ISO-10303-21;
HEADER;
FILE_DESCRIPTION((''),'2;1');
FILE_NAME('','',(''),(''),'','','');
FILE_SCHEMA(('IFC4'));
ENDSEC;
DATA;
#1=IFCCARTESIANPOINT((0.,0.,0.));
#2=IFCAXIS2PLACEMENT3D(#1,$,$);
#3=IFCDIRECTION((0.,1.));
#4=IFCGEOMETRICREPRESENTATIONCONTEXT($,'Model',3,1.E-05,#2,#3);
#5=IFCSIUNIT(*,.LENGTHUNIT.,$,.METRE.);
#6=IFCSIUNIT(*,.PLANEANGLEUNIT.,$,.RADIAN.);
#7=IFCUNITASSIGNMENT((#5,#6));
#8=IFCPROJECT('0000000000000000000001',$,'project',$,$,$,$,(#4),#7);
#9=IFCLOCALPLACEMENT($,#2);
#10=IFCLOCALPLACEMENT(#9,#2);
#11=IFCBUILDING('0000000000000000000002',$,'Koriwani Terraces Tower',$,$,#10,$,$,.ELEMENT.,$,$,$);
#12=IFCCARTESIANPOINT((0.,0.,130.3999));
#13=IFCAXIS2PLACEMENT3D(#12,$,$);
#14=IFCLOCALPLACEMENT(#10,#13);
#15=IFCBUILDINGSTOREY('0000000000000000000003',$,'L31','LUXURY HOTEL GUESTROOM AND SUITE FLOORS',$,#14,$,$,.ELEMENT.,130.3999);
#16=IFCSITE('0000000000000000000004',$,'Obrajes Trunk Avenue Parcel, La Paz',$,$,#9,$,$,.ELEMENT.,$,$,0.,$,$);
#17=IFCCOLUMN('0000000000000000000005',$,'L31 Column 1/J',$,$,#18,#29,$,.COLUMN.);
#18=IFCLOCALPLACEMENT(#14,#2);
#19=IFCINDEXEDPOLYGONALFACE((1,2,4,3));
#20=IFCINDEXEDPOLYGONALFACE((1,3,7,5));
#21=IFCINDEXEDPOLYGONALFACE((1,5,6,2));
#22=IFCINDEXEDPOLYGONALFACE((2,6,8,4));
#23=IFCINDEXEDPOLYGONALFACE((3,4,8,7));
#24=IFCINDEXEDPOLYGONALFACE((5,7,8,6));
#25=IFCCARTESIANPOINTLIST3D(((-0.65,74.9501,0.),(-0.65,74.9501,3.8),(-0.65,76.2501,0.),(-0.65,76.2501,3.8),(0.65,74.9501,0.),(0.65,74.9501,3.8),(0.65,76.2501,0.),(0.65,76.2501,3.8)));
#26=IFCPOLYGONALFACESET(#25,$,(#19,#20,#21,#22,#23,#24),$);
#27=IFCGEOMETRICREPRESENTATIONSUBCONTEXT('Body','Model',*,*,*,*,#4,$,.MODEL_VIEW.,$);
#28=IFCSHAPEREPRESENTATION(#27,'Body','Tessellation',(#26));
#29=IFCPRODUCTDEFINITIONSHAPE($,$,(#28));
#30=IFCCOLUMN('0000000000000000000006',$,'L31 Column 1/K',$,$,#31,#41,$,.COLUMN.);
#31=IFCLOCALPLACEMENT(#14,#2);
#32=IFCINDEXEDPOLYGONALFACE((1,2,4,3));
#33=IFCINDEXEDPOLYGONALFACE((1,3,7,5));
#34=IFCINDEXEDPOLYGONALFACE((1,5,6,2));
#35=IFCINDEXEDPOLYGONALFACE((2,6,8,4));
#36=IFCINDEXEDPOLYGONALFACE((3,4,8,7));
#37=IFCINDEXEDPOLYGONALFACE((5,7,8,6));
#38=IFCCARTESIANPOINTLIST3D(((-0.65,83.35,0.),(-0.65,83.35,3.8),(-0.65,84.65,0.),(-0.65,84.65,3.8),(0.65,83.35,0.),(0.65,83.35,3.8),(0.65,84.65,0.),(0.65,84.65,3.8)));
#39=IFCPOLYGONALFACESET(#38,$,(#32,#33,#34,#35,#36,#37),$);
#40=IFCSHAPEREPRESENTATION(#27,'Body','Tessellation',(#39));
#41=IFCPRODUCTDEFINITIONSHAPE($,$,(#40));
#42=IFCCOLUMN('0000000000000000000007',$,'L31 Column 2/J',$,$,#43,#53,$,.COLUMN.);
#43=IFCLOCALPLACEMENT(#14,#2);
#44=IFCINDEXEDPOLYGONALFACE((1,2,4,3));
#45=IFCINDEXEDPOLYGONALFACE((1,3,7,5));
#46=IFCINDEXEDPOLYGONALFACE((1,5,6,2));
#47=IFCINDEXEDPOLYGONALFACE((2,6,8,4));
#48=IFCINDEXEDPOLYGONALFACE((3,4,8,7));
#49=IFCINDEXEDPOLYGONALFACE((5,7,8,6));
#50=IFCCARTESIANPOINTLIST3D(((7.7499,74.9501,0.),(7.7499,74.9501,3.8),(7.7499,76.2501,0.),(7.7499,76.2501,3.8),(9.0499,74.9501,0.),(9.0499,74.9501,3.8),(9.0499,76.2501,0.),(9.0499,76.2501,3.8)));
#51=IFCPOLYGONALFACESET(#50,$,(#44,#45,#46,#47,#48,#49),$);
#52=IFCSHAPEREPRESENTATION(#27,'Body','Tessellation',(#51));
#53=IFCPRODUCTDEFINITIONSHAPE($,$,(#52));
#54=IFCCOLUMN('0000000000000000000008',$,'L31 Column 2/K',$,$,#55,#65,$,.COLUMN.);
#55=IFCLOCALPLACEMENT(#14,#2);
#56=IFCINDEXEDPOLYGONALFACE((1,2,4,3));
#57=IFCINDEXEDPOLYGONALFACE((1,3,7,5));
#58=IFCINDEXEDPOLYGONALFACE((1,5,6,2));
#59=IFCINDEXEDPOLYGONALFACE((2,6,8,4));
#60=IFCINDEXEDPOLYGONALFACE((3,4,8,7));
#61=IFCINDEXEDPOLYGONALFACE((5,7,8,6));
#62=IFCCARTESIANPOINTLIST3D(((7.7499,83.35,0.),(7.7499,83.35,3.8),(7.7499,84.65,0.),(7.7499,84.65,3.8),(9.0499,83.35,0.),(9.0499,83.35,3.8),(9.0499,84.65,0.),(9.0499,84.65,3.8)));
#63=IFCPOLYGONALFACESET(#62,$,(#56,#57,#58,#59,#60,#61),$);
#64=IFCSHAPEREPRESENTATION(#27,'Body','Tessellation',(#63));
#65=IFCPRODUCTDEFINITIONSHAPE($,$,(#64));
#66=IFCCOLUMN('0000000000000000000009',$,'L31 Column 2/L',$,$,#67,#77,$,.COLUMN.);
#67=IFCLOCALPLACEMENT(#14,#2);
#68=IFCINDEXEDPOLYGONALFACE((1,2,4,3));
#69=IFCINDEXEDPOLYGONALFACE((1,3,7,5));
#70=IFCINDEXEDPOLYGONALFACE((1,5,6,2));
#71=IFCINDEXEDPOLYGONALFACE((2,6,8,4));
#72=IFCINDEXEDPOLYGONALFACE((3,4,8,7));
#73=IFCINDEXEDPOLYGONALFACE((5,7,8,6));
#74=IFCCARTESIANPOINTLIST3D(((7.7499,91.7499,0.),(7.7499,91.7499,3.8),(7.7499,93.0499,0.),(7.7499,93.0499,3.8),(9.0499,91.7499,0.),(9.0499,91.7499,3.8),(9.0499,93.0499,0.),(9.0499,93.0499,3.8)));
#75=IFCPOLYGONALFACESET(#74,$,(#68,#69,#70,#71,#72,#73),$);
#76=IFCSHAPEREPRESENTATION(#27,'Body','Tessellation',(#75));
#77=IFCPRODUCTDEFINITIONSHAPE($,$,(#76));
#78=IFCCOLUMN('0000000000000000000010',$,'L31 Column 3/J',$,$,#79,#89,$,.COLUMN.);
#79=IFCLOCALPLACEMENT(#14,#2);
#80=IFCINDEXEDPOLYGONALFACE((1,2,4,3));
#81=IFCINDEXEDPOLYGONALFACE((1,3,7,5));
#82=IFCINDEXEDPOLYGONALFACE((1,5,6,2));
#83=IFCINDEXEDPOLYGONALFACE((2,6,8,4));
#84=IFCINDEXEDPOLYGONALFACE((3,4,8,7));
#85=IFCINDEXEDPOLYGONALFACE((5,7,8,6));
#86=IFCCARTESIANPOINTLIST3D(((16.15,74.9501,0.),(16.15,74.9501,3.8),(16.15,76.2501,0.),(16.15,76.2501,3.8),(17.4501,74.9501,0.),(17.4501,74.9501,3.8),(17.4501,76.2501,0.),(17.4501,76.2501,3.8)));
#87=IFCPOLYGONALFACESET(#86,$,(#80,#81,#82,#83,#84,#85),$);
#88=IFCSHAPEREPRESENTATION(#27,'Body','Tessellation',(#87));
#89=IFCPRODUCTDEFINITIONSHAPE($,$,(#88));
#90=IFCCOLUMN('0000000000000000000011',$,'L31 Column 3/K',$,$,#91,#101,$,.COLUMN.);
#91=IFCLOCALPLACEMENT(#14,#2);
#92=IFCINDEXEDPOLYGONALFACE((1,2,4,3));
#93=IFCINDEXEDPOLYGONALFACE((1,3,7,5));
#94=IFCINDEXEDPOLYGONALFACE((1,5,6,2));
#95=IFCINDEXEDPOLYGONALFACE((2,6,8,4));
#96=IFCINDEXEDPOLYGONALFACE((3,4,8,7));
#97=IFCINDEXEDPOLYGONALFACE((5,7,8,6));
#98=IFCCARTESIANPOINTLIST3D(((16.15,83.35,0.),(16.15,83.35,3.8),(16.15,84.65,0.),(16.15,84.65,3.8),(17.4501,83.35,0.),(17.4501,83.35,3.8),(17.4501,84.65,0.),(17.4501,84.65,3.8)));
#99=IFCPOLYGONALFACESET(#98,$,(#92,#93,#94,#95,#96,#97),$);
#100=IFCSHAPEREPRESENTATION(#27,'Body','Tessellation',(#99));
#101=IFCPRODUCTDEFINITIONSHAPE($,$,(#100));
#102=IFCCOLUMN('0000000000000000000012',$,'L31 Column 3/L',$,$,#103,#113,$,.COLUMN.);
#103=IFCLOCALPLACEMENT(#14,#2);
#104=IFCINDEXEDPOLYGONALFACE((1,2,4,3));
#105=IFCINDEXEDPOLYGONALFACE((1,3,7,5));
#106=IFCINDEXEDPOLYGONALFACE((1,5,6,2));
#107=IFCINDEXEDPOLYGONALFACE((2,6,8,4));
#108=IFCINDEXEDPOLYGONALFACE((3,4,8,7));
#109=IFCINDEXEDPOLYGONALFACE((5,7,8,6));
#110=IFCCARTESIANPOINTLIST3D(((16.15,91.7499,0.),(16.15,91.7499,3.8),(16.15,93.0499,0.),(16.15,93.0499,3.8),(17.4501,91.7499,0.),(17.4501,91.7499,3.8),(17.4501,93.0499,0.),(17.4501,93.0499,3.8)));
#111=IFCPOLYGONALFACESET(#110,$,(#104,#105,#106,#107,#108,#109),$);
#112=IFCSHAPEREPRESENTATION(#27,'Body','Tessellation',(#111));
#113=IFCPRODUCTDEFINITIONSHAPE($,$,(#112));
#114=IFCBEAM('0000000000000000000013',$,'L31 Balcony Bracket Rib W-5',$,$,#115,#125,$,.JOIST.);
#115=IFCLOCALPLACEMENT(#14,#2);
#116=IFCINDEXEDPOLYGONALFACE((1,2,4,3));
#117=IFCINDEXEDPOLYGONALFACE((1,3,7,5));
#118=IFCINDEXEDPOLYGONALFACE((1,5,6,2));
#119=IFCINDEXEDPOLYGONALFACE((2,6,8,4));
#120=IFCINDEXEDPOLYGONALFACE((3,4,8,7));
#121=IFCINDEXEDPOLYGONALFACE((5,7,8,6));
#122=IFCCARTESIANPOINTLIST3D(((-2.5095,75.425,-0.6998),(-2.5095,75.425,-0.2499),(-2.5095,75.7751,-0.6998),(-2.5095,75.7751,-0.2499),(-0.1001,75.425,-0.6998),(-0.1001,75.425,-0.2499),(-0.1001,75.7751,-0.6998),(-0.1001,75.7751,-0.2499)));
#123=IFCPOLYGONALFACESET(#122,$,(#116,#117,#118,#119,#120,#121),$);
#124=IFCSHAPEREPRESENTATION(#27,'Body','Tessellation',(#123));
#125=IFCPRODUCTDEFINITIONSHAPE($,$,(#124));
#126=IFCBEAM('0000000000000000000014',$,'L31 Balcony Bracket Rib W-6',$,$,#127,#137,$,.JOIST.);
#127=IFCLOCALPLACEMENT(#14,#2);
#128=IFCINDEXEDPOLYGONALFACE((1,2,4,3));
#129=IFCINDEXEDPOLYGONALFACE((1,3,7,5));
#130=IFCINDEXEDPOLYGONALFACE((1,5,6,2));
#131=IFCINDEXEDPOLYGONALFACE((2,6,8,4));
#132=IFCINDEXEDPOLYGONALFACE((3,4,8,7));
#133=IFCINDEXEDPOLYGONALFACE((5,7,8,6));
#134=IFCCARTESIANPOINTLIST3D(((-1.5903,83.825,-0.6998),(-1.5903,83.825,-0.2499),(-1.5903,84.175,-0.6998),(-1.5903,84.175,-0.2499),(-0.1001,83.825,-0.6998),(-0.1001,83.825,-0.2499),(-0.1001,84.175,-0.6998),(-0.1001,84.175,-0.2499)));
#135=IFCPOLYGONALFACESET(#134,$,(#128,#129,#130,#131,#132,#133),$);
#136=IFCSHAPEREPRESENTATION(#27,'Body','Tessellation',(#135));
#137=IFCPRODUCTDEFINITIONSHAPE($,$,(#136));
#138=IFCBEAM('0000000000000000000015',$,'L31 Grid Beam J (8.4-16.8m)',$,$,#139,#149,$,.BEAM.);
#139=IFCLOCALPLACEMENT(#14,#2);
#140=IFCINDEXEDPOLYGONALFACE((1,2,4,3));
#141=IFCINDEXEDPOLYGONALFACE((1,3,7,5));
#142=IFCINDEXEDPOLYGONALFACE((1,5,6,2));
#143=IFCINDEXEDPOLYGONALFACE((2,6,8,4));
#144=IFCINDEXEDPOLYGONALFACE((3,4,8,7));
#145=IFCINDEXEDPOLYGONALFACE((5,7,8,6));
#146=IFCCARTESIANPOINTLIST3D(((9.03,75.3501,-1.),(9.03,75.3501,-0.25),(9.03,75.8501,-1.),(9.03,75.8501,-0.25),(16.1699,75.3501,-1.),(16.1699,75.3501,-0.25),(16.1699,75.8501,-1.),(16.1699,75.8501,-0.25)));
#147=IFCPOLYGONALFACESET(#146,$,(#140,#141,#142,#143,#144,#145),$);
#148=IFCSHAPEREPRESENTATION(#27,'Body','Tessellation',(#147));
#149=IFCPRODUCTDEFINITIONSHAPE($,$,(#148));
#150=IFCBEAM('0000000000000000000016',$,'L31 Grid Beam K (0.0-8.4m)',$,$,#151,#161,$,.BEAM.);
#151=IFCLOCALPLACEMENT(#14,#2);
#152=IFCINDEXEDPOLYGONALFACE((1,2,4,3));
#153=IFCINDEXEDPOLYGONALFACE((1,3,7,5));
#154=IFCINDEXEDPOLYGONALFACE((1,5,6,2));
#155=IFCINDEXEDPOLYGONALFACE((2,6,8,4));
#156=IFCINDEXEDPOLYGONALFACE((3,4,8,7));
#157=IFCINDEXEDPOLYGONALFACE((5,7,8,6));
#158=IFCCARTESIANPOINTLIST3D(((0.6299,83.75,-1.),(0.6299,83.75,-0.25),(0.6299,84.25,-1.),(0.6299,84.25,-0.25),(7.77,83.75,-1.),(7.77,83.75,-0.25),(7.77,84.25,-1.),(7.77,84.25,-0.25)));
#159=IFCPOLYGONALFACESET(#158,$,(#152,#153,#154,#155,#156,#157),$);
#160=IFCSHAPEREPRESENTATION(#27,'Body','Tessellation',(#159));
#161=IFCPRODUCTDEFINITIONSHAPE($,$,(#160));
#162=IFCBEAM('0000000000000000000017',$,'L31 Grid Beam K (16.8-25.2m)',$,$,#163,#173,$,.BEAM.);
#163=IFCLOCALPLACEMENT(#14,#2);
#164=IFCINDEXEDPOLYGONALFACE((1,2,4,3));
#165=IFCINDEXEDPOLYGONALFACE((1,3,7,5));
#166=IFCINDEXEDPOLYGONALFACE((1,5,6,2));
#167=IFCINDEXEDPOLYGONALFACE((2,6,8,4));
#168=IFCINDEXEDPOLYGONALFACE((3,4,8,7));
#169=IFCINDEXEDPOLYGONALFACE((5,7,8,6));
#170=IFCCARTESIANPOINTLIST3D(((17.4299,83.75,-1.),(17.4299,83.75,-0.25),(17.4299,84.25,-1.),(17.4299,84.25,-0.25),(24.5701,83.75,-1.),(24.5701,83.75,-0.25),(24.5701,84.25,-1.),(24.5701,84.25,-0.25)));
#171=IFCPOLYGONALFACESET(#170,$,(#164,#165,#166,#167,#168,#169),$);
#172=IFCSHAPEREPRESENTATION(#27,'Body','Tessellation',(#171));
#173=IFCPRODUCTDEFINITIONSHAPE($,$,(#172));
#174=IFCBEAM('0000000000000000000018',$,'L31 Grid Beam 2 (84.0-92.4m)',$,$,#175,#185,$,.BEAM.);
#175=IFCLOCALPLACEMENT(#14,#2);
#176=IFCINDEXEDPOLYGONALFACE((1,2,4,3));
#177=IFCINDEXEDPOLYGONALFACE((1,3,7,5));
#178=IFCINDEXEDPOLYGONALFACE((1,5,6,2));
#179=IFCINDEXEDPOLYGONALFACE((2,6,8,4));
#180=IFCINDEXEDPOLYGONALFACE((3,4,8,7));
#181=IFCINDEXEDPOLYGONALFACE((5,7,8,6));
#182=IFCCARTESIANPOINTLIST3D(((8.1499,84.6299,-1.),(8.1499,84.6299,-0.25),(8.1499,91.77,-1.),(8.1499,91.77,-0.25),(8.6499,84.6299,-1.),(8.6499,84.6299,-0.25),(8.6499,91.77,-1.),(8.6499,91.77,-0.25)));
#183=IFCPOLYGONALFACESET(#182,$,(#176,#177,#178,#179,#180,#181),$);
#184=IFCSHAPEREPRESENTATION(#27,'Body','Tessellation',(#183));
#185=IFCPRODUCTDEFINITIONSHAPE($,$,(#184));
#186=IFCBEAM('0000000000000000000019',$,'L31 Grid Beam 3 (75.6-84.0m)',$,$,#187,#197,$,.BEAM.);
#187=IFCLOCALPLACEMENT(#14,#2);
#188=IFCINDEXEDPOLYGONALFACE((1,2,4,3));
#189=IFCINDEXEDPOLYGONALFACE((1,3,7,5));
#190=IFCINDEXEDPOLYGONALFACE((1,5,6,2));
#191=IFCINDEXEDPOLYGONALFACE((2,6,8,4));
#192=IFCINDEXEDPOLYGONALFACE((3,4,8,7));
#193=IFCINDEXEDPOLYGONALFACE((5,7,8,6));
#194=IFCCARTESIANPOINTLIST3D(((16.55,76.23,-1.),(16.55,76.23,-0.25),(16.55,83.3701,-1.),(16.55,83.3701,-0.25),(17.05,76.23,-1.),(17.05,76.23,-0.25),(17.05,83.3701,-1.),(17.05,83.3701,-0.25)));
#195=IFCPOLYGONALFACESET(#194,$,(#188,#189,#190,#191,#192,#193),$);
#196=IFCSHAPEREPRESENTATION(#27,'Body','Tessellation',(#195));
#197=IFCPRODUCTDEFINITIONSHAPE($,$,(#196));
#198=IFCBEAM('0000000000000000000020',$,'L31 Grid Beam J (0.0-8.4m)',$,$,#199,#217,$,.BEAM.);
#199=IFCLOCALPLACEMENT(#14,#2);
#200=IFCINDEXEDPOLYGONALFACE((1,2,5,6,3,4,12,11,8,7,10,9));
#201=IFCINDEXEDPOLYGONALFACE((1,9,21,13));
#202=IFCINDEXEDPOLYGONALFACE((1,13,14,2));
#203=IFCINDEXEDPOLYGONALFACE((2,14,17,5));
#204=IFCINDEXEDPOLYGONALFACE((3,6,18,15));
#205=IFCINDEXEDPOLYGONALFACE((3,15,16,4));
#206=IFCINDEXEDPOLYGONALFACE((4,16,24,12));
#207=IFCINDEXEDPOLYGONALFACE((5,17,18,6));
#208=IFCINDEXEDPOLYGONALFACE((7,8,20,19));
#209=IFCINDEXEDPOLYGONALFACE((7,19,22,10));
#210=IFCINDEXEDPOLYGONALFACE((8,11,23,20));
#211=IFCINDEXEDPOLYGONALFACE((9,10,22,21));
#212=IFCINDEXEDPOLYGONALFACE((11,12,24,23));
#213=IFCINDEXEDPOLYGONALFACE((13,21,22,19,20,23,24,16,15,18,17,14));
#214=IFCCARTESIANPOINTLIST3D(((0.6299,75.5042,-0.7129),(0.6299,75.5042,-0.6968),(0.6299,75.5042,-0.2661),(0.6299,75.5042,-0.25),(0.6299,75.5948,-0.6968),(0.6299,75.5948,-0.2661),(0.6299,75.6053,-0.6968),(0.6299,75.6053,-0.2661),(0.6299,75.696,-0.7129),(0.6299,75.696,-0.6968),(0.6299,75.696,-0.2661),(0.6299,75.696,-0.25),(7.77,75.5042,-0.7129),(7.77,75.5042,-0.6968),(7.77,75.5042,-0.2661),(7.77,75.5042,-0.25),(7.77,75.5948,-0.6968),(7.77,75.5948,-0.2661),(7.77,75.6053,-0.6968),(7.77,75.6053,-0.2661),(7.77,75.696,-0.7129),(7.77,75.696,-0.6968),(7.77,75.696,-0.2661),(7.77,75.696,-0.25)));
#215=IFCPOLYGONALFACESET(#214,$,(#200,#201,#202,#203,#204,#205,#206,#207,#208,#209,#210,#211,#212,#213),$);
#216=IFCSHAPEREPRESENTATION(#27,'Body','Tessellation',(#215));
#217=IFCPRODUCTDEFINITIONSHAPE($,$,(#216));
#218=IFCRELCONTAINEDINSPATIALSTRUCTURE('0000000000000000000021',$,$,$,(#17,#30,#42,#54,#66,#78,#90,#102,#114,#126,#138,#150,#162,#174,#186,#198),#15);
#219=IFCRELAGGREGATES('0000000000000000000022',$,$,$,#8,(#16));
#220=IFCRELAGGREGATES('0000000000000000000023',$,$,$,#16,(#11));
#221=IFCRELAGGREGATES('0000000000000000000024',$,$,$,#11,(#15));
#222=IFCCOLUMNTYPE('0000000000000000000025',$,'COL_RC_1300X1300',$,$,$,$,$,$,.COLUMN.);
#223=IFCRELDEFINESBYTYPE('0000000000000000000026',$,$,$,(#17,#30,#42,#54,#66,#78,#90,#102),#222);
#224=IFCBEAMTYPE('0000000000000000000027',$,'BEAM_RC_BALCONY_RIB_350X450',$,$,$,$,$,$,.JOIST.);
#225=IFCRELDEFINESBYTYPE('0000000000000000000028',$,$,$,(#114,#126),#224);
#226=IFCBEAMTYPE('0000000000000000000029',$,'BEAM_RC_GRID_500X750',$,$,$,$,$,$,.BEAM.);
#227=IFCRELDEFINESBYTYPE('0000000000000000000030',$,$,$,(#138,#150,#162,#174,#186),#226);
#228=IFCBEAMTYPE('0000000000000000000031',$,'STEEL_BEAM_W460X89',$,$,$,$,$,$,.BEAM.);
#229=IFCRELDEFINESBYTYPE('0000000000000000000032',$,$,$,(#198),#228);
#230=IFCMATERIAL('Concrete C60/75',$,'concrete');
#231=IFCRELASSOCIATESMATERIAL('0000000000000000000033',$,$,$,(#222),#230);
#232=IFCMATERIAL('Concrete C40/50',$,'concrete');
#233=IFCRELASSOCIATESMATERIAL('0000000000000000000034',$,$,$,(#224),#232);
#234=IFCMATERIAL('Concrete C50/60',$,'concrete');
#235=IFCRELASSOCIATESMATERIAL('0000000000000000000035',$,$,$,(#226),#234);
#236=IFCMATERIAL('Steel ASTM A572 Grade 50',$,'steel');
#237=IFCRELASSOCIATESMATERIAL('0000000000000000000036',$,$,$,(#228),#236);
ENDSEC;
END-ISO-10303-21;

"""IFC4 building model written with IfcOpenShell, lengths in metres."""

from ifc_helpers import new_model, si_unit, direction, frame, origin, origin_2d, place, context, subcontext, project, spatial, rectangle, i_section, extrude, material, material_profile, profile_set, type_object, element, save


model = new_model("IFC4")

# Units and contexts
model_context = context("Model", 3, precision=1e-05, world=origin(), true_north=direction((0.0, 1.0)))
body_context = subcontext(model_context, "Body", "Model", "MODEL_VIEW")
ifc_project = project(units=[si_unit("LENGTHUNIT", "METRE"), si_unit("PLANEANGLEUNIT", "RADIAN")], contexts=[model_context])

# Site, building, storey
site_placement = place(None, origin())
site = spatial("IfcSite", under=ifc_project, at=site_placement, Name="Obrajes Trunk Avenue Parcel, La Paz", CompositionType="ELEMENT", RefElevation=0.0)
building_placement = place(site_placement, origin())
building = spatial("IfcBuilding", under=site, at=building_placement, Name="Koriwani Terraces Tower", CompositionType="ELEMENT")
storey_placement = place(building_placement, frame((0.0, 0.0, 130.3999)))
storey = spatial("IfcBuildingStorey", under=building, at=storey_placement, Name="L31", Description="LUXURY HOTEL GUESTROOM AND SUITE FLOORS", CompositionType="ELEMENT", Elevation=130.3999)

# Columns
ifc_material_1 = material(Name="Concrete C60/75", Category="concrete")
ifc_material_profile_1 = material_profile(ifc_material_1, rectangle(XDim=1.3, YDim=1.3, at=origin_2d()), Name="Concrete C60/75", Category="LoadBearing")
ifc_profile_set_1 = profile_set([ifc_material_profile_1], Name="Concrete C60/75")
column_type = type_object("IfcColumnType", Name="COL_RC_1300X1300", PredefinedType="COLUMN", material=ifc_profile_set_1)
for number, where, z_axis, x_axis, name in (
    (1, (0.0, 75.6001, 0.0), (0.0, 0.0, 1.0), (1.0, 0.0, 0.0), "L31 Column 1/J"),
    (2, (0.0, 84.0, 0.0), (0.0, 0.0, 1.0), (1.0, 0.0, 0.0), "L31 Column 1/K"),
    (3, (8.3999, 75.6001, 0.0), (0.0, 0.0, 1.0), (1.0, 0.0, 0.0), "L31 Column 2/J"),
    (4, (8.3999, 84.0, 0.0), (0.0, 0.0, 1.0), (1.0, 0.0, 0.0), "L31 Column 2/K"),
    (5, (8.3999, 92.3999, 0.0), (0.0, 0.0, 1.0), (1.0, 0.0, 0.0), "L31 Column 2/L"),
    (6, (16.8, 75.6001, 0.0), (0.0, 0.0, 1.0), (1.0, 0.0, 0.0), "L31 Column 3/J"),
    (7, (16.8, 84.0, 0.0), (0.0, 0.0, 1.0), (1.0, 0.0, 0.0), "L31 Column 3/K"),
    (8, (16.8, 92.3999, 0.0), (0.0, 0.0, 1.0), (1.0, 0.0, 0.0), "L31 Column 3/L"),
):
    element("IfcColumn", number, at=place(storey_placement, frame(where, z_axis=z_axis, x_axis=x_axis)), inside=storey, type_object=column_type, Name=name, PredefinedType="COLUMN", context=body_context, shape_type="SweptSolid", body=[
        extrude(rectangle(XDim=1.3, YDim=1.3, at=origin_2d()), origin(), (0.0, 0.0, 1.0), 3.8),
    ])

# Beams
ifc_material_2 = material(Name="Concrete C40/50", Category="concrete")
ifc_material_profile_2 = material_profile(ifc_material_2, rectangle(XDim=0.3501, YDim=0.45, at=origin_2d()), Name="Concrete C40/50", Category="LoadBearing")
ifc_profile_set_2 = profile_set([ifc_material_profile_2], Name="Concrete C40/50")
beam_type_1 = type_object("IfcBeamType", Name="BEAM_RC_BALCONY_RIB_350X450", PredefinedType="JOIST", material=ifc_profile_set_2)
beam_1_placement = place(storey_placement, frame((-2.5095, 75.6001, -0.4749), z_axis=(1.0, 0.0, 0.0), x_axis=(0.0, 1.0, 0.0)))
element("IfcBeam", 9, at=beam_1_placement, inside=storey, type_object=beam_type_1, Name="L31 Balcony Bracket Rib W-5", PredefinedType="JOIST", context=body_context, shape_type="SweptSolid", body=[
    extrude(rectangle(XDim=0.3501, YDim=0.45, at=origin_2d()), origin(), (0.0, 0.0, 1.0), 2.4094),
])
beam_2_placement = place(storey_placement, frame((-1.5903, 84.0, -0.4749), z_axis=(1.0, 0.0, 0.0), x_axis=(0.0, 1.0, 0.0)))
element("IfcBeam", 10, at=beam_2_placement, inside=storey, type_object=beam_type_1, Name="L31 Balcony Bracket Rib W-6", PredefinedType="JOIST", context=body_context, shape_type="SweptSolid", body=[
    extrude(rectangle(XDim=0.3501, YDim=0.45, at=origin_2d()), origin(), (0.0, 0.0, 1.0), 1.4902),
])
ifc_material_3 = material(Name="Concrete C50/60", Category="concrete")
ifc_material_profile_3 = material_profile(ifc_material_3, rectangle(XDim=0.5, YDim=0.75, at=origin_2d()), Name="Concrete C50/60", Category="LoadBearing")
ifc_profile_set_3 = profile_set([ifc_material_profile_3], Name="Concrete C50/60")
beam_type_2 = type_object("IfcBeamType", Name="BEAM_RC_GRID_500X750", PredefinedType="BEAM", material=ifc_profile_set_3)
beam_3_placement = place(storey_placement, frame((9.03, 75.6001, -0.625), z_axis=(1.0, 0.0, 0.0), x_axis=(0.0, 1.0, 0.0)))
element("IfcBeam", 11, at=beam_3_placement, inside=storey, type_object=beam_type_2, Name="L31 Grid Beam J (8.4-16.8m)", PredefinedType="BEAM", context=body_context, shape_type="SweptSolid", body=[
    extrude(rectangle(XDim=0.5, YDim=0.75, at=origin_2d()), origin(), (0.0, 0.0, 1.0), 7.1399),
])
for number, where, z_axis, x_axis, name in (
    (12, (0.6299, 84.0, -0.625), (1.0, 0.0, 0.0), (0.0, 1.0, 0.0), "L31 Grid Beam K (0.0-8.4m)"),
    (13, (17.4299, 84.0, -0.625), (1.0, 0.0, 0.0), (0.0, 1.0, 0.0), "L31 Grid Beam K (16.8-25.2m)"),
    (14, (8.3999, 84.6299, -0.625), (0.0, 1.0, 0.0), (-1.0, 0.0, 0.0), "L31 Grid Beam 2 (84.0-92.4m)"),
    (15, (16.8, 76.23, -0.625), (0.0, 1.0, 0.0), (-1.0, 0.0, 0.0), "L31 Grid Beam 3 (75.6-84.0m)"),
):
    element("IfcBeam", number, at=place(storey_placement, frame(where, z_axis=z_axis, x_axis=x_axis)), inside=storey, type_object=beam_type_2, Name=name, PredefinedType="BEAM", context=body_context, shape_type="SweptSolid", body=[
        extrude(rectangle(XDim=0.5, YDim=0.75, at=origin_2d()), origin(), (0.0, 0.0, 1.0), 7.1401),
    ])
ifc_material_4 = material(Name="Steel ASTM A572 Grade 50", Category="steel")
ifc_material_profile_4 = material_profile(ifc_material_4, i_section(OverallWidth=0.1919, OverallDepth=0.4629, WebThickness=0.0105, FlangeThickness=0.0161, at=origin_2d()), Name="Steel ASTM A572 Grade 50", Category="LoadBearing")
ifc_profile_set_4 = profile_set([ifc_material_profile_4], Name="Steel ASTM A572 Grade 50")
beam_type_3 = type_object("IfcBeamType", Name="STEEL_BEAM_W460X89", PredefinedType="BEAM", material=ifc_profile_set_4)
for number, where, z_axis, x_axis, name in (
    (16, (0.6299, 75.6001, -0.4814), (1.0, 0.0, 0.0), (0.0, 1.0, 0.0), "L31 Grid Beam J (0.0-8.4m)"),
):
    element("IfcBeam", number, at=place(storey_placement, frame(where, z_axis=z_axis, x_axis=x_axis)), inside=storey, type_object=beam_type_3, Name=name, PredefinedType="BEAM", context=body_context, shape_type="SweptSolid", body=[
        extrude(i_section(OverallWidth=0.1919, OverallDepth=0.4629, WebThickness=0.0105, FlangeThickness=0.0161, at=origin_2d()), origin(), (0.0, 0.0, 1.0), 7.1401),
    ])

save(model, "model.ifc")
